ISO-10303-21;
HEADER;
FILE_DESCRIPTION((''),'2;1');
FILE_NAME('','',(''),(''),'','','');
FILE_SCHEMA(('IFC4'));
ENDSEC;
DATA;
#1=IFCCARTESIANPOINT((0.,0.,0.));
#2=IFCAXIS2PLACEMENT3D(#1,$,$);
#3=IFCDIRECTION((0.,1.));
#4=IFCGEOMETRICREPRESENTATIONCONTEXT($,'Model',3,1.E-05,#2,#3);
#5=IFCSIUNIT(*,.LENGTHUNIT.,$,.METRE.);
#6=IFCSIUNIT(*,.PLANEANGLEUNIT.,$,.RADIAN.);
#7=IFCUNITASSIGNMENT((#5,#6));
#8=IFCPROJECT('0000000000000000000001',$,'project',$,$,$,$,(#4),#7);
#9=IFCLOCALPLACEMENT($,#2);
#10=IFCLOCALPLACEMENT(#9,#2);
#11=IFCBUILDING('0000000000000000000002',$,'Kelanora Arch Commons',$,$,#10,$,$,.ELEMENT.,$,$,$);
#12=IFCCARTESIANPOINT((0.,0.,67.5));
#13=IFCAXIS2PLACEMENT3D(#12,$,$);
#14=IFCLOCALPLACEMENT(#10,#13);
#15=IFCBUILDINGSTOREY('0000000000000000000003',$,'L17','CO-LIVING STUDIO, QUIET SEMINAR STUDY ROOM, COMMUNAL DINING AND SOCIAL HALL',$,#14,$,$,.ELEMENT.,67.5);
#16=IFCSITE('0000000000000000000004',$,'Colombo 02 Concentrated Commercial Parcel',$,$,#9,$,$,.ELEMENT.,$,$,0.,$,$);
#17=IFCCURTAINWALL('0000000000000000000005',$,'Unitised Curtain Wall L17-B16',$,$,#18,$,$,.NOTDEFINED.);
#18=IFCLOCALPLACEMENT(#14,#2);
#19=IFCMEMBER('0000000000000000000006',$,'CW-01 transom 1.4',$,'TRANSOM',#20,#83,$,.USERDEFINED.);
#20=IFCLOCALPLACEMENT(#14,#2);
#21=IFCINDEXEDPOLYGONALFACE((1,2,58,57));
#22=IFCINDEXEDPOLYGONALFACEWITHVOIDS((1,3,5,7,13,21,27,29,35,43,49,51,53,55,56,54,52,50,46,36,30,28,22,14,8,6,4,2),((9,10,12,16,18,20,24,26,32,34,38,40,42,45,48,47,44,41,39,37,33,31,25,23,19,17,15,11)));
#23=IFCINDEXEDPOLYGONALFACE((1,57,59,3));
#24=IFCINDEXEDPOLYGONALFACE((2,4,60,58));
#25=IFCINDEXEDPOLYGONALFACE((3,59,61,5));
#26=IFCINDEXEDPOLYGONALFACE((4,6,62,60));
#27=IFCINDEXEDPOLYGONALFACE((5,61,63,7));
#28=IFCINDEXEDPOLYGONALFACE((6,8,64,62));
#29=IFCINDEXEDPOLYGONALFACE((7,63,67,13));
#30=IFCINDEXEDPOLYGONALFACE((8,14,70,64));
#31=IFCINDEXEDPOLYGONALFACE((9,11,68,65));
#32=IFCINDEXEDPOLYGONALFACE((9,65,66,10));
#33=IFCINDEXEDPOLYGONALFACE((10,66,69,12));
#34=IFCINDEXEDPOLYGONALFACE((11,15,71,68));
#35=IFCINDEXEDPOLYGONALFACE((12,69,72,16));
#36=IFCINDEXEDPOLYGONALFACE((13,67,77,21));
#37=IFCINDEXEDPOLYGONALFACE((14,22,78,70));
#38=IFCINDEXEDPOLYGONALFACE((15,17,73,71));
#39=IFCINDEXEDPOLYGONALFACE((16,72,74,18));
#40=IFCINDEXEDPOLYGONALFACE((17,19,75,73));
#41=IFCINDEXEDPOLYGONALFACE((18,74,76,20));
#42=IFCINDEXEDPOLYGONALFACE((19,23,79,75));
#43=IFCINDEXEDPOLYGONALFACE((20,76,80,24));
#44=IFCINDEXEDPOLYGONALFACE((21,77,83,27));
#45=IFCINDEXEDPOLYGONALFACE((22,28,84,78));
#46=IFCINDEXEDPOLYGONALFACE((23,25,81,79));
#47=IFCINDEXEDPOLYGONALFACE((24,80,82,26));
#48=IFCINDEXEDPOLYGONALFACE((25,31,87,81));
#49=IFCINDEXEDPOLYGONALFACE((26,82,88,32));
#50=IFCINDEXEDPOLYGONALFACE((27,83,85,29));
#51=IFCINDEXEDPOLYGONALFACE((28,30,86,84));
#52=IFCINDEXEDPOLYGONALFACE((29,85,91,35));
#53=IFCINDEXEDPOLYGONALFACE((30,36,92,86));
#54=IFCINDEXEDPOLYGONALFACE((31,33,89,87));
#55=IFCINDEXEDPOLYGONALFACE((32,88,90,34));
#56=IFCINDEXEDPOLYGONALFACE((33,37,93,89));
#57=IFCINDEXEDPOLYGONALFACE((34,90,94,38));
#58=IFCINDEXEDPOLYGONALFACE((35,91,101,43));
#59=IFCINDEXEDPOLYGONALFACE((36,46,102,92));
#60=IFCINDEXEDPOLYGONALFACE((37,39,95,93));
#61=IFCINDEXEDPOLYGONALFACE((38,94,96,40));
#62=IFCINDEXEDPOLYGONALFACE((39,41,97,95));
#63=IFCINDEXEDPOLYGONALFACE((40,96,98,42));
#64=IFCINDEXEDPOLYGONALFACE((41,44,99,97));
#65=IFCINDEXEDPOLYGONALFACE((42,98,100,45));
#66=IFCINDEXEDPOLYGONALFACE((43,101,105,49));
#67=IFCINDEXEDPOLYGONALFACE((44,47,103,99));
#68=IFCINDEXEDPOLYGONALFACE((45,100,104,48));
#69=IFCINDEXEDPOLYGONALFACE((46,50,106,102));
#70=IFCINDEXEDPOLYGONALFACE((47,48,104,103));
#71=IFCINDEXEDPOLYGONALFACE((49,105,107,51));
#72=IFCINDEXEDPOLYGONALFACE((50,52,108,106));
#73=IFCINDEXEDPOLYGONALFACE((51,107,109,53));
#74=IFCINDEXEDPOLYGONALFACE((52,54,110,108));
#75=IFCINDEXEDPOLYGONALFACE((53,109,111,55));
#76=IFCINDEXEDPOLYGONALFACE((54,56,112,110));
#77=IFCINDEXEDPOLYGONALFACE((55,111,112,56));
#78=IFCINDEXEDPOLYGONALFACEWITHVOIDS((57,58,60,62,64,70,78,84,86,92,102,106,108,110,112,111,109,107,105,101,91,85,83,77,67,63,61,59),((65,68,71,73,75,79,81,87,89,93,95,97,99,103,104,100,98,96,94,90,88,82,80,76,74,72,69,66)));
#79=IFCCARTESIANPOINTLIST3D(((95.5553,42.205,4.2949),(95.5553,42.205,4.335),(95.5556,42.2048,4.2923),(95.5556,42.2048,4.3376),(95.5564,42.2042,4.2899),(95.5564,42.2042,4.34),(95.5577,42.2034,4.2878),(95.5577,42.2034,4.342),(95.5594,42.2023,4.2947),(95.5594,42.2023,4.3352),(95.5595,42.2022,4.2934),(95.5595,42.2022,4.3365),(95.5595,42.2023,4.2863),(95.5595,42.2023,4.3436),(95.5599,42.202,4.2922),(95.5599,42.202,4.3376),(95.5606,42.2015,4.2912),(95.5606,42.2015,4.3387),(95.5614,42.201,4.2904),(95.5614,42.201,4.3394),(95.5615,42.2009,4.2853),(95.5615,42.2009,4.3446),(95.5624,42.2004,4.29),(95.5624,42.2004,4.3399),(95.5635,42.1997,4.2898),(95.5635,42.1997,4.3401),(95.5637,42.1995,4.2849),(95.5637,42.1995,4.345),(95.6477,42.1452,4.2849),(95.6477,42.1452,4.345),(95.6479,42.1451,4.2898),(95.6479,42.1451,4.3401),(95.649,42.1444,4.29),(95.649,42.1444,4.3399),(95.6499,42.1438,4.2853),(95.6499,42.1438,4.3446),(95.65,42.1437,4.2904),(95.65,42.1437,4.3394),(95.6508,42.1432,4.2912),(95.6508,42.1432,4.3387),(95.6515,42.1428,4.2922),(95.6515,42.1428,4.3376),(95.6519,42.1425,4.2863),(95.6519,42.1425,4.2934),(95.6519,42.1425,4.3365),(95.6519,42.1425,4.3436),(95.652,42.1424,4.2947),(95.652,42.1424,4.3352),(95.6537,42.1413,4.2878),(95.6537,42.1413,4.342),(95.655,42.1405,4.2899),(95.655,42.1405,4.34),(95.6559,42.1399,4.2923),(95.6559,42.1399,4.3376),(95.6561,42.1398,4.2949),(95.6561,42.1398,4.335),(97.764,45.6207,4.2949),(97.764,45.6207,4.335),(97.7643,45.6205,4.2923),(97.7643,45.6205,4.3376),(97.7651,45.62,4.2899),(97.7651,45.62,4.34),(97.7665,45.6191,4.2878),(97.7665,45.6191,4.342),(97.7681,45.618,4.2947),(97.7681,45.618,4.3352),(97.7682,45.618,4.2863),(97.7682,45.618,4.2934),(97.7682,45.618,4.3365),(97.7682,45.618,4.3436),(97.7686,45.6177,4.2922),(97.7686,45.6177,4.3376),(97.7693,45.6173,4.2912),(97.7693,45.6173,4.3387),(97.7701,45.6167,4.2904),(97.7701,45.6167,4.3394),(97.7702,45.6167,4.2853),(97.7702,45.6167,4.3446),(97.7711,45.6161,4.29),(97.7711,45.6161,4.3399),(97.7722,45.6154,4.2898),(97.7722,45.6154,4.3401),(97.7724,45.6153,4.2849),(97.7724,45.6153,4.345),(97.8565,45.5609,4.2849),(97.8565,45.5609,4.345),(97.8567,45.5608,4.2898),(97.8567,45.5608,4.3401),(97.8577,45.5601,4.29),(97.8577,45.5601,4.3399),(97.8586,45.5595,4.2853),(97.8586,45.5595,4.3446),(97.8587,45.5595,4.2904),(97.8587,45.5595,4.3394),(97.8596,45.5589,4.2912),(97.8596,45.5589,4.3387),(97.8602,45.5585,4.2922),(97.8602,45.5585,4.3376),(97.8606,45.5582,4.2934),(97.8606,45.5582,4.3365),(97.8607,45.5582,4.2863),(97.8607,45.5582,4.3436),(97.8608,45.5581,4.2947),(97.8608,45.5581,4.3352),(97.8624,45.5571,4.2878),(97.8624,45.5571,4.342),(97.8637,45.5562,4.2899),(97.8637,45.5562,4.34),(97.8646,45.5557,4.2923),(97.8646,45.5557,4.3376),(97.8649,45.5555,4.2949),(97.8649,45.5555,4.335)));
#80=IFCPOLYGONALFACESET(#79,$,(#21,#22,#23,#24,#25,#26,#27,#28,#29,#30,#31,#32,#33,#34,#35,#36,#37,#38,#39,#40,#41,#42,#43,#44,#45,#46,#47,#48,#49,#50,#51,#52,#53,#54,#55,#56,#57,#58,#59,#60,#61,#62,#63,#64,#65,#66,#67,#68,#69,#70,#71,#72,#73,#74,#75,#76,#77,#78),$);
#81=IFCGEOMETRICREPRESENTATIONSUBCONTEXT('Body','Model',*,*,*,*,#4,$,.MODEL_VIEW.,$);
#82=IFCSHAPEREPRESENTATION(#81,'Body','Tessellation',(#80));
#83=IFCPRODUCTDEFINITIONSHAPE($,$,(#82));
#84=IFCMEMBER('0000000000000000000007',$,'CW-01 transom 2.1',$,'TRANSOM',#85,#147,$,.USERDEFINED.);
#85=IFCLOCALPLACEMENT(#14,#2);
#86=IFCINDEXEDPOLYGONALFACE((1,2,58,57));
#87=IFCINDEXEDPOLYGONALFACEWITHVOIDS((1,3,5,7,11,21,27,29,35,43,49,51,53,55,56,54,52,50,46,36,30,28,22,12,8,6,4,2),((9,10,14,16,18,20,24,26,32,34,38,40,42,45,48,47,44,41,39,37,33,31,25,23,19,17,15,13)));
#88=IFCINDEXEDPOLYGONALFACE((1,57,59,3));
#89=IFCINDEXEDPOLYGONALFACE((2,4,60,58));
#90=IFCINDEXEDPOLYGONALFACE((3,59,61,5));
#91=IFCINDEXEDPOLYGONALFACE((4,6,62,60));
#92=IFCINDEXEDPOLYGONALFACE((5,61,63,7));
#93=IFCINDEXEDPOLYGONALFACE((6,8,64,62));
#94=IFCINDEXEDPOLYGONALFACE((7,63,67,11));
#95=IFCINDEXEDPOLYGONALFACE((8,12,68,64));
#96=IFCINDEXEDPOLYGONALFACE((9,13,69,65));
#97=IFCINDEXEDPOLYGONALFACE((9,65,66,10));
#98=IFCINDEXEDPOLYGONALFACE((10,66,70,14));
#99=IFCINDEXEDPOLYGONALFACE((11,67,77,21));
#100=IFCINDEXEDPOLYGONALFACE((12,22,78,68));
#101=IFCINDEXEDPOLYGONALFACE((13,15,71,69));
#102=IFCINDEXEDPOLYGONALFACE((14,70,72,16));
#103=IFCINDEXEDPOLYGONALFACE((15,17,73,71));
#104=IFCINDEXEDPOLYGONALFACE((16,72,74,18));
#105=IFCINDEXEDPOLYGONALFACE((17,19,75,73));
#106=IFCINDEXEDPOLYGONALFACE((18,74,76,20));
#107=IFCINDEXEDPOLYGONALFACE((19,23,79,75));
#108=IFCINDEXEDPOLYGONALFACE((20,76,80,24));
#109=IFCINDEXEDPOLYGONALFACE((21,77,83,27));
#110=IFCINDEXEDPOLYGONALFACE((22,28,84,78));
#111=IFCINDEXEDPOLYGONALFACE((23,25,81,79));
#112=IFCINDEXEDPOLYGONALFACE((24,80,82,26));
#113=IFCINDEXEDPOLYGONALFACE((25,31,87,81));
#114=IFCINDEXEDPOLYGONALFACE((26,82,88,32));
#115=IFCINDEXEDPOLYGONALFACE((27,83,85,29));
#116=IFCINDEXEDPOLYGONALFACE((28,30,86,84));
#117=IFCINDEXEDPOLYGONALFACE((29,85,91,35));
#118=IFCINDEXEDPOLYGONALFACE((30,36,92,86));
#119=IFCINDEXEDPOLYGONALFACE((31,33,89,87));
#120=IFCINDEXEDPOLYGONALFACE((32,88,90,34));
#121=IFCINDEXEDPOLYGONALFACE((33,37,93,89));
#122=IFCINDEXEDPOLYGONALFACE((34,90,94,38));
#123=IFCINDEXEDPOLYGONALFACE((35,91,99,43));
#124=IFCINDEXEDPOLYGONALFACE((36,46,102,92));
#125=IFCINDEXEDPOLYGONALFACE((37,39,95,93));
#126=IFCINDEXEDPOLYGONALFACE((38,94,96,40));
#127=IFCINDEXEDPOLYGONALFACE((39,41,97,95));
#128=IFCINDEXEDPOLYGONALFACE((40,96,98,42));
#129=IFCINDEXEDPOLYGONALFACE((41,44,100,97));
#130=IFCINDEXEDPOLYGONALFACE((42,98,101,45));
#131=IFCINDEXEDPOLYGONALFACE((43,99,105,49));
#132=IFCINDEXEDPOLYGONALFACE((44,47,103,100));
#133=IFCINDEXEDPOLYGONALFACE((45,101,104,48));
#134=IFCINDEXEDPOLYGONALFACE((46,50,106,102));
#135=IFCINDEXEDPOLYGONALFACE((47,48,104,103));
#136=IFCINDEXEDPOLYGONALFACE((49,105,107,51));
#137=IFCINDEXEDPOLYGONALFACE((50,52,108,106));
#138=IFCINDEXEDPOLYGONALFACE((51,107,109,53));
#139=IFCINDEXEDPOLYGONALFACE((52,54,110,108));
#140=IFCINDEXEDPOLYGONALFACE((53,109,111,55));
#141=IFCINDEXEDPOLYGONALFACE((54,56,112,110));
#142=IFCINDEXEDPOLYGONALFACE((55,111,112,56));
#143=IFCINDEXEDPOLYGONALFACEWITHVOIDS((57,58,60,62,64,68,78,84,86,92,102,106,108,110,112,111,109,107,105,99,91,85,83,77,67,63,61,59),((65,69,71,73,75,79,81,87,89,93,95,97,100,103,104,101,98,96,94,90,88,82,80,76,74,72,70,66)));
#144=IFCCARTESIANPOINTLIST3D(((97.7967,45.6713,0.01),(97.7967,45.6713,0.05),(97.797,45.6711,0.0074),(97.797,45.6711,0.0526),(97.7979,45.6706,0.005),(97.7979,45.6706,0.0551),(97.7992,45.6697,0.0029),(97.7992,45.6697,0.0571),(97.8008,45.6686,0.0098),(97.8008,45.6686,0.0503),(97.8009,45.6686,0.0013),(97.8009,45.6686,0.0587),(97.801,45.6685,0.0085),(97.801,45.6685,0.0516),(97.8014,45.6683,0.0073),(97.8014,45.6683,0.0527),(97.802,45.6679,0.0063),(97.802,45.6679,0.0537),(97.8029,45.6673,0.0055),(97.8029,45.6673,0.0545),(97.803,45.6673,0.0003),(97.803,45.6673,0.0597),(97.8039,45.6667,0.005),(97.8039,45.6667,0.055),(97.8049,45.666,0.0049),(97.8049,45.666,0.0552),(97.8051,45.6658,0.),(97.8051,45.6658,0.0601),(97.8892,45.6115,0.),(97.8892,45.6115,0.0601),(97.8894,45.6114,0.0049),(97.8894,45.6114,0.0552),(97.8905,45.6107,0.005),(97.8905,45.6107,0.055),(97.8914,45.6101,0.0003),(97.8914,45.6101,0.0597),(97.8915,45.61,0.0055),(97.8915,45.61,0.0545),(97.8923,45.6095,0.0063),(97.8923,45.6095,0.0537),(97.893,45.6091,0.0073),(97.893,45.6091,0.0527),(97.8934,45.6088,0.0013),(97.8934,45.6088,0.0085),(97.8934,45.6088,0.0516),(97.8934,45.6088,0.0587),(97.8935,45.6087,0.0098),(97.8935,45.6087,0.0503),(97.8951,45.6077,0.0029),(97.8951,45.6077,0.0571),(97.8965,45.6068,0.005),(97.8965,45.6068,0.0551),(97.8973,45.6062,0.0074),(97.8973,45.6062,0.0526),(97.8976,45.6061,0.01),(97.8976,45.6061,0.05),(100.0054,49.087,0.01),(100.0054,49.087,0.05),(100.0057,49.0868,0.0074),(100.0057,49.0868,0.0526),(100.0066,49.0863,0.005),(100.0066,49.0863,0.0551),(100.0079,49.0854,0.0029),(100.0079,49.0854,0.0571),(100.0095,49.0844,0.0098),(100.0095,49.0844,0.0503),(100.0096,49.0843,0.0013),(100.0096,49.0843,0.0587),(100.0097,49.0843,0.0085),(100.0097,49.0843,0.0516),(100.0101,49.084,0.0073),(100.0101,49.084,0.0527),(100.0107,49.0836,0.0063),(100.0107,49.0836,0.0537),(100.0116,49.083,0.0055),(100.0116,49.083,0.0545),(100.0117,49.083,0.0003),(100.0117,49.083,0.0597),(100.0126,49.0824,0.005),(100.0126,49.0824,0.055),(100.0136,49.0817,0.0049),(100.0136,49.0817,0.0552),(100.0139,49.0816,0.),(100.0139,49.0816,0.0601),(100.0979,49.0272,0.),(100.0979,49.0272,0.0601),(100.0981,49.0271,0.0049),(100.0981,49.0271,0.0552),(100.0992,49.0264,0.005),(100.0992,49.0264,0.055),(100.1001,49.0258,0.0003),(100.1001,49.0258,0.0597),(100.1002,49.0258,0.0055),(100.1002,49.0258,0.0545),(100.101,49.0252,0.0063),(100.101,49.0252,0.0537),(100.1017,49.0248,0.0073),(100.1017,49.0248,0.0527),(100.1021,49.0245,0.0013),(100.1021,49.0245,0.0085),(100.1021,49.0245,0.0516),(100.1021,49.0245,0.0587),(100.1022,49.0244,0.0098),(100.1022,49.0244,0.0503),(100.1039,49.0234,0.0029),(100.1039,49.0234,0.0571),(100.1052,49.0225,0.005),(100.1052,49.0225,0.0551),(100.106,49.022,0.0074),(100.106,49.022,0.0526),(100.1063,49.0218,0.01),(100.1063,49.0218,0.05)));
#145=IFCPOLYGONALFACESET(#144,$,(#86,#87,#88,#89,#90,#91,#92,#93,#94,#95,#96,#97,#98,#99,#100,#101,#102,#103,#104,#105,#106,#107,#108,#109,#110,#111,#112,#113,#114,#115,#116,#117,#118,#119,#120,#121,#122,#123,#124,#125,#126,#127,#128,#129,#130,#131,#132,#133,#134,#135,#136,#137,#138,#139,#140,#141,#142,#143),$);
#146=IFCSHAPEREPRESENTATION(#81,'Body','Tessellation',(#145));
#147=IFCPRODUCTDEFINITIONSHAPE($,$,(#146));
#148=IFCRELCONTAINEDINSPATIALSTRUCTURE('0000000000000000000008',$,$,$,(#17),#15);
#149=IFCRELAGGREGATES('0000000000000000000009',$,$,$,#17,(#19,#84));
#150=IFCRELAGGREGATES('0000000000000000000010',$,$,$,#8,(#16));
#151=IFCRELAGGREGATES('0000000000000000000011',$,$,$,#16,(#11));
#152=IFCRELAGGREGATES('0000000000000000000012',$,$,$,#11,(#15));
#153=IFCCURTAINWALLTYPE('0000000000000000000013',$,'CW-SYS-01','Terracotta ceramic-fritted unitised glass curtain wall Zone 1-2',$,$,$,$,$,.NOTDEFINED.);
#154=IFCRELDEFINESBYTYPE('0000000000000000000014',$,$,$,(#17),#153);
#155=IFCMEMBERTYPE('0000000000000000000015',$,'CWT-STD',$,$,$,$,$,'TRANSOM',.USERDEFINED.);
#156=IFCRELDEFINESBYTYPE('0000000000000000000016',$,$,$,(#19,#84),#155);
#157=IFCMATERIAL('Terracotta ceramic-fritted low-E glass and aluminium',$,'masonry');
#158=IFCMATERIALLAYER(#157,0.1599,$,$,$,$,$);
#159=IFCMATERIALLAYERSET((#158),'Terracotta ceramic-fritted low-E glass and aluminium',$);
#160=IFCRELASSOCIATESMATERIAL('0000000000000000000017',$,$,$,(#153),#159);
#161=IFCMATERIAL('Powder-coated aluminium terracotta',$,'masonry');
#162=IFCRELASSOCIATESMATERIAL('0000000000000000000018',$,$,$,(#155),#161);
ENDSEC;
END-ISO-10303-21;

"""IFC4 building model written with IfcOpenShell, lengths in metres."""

from ifc_helpers import new_model, si_unit, direction, frame, origin, origin_2d, place, context, subcontext, project, spatial, hollow_rectangle, extrude, material, layer, layer_set, material_profile, profile_set, type_object, element, aggregate, save


model = new_model("IFC4")

# Units and contexts
model_context = context("Model", 3, precision=1e-05, world=origin(), true_north=direction((0.0, 1.0)))
body_context = subcontext(model_context, "Body", "Model", "MODEL_VIEW")
ifc_project = project(units=[si_unit("LENGTHUNIT", "METRE"), si_unit("PLANEANGLEUNIT", "RADIAN")], contexts=[model_context])

# Site, building, storey
site_placement = place(None, origin())
site = spatial("IfcSite", under=ifc_project, at=site_placement, Name="Colombo 02 Concentrated Commercial Parcel", CompositionType="ELEMENT", RefElevation=0.0)
building_placement = place(site_placement, origin())
building = spatial("IfcBuilding", under=site, at=building_placement, Name="Kelanora Arch Commons", CompositionType="ELEMENT")
storey_placement = place(building_placement, frame((0.0, 0.0, 67.5)))
storey = spatial("IfcBuildingStorey", under=building, at=storey_placement, Name="L17", Description="CO-LIVING STUDIO, QUIET SEMINAR STUDY ROOM, COMMUNAL DINING AND SOCIAL HALL", CompositionType="ELEMENT", Elevation=67.5)

# Shared definitions
ifc_material_1 = material(Name="Terracotta ceramic-fritted low-E glass and aluminium", Category="masonry")
ifc_layer_1 = layer(ifc_material_1, 0.1599)
ifc_layer_set_1 = layer_set([ifc_layer_1], Name="Terracotta ceramic-fritted low-E glass and aluminium")
curtain_wall_type = type_object("IfcCurtainWallType", Name="CW-SYS-01", Description="Terracotta ceramic-fritted unitised glass curtain wall Zone 1-2", PredefinedType="NOTDEFINED", material=ifc_layer_set_1)
ifc_material_2 = material(Name="Powder-coated aluminium terracotta", Category="masonry")

# Curtain wall, members
curtain_wall_1_placement = place(storey_placement, origin())
curtain_wall_1 = element("IfcCurtainWall", 1, at=curtain_wall_1_placement, inside=storey, type_object=curtain_wall_type, Name="Unitised Curtain Wall L17-B16", PredefinedType="NOTDEFINED")
ifc_material_profile_1 = material_profile(ifc_material_2, hollow_rectangle(XDim=0.1201, YDim=0.0601, WallThickness=0.0049, InnerFilletRadius=0.0049, OuterFilletRadius=0.01, at=origin_2d()), Name="CWT120x60")
ifc_profile_set_1 = profile_set([ifc_material_profile_1], Name="Powder-coated aluminium terracotta")
member_type_1 = type_object("IfcMemberType", Name="CWT-STD", ElementType="TRANSOM", PredefinedType="USERDEFINED", material=ifc_profile_set_1)
member_1_placement = place(storey_placement, frame((95.6057, 42.1724, 4.3149), z_axis=(0.542997, 0.839734, 0.0), x_axis=(-0.839734, 0.542997, 0.0)))
member_1 = element("IfcMember", 2, at=member_1_placement, type_object=member_type_1, Name="CW-01 transom 1.4", ObjectType="TRANSOM", PredefinedType="USERDEFINED", context=body_context, shape_type="SweptSolid", body=[
    extrude(hollow_rectangle(XDim=0.1201, YDim=0.0601, WallThickness=0.0049, InnerFilletRadius=0.0049, OuterFilletRadius=0.01, at=origin_2d()), origin(), (0.0, 0.0, 1.0), 4.0676),
])
member_2_placement = place(storey_placement, frame((97.8472, 45.6387, 0.03), z_axis=(0.542997, 0.839734, 0.0), x_axis=(-0.839734, 0.542997, 0.0)))
member_2 = element("IfcMember", 3, at=member_2_placement, type_object=member_type_1, Name="CW-01 transom 2.1", ObjectType="TRANSOM", PredefinedType="USERDEFINED", context=body_context, shape_type="SweptSolid", body=[
    extrude(hollow_rectangle(XDim=0.1201, YDim=0.0601, WallThickness=0.0049, InnerFilletRadius=0.0049, OuterFilletRadius=0.01, at=origin_2d()), origin(), (0.0, 0.0, 1.0), 4.0676),
])

aggregate(curtain_wall_1, [member_1, member_2])

save(model, "model.ifc")
